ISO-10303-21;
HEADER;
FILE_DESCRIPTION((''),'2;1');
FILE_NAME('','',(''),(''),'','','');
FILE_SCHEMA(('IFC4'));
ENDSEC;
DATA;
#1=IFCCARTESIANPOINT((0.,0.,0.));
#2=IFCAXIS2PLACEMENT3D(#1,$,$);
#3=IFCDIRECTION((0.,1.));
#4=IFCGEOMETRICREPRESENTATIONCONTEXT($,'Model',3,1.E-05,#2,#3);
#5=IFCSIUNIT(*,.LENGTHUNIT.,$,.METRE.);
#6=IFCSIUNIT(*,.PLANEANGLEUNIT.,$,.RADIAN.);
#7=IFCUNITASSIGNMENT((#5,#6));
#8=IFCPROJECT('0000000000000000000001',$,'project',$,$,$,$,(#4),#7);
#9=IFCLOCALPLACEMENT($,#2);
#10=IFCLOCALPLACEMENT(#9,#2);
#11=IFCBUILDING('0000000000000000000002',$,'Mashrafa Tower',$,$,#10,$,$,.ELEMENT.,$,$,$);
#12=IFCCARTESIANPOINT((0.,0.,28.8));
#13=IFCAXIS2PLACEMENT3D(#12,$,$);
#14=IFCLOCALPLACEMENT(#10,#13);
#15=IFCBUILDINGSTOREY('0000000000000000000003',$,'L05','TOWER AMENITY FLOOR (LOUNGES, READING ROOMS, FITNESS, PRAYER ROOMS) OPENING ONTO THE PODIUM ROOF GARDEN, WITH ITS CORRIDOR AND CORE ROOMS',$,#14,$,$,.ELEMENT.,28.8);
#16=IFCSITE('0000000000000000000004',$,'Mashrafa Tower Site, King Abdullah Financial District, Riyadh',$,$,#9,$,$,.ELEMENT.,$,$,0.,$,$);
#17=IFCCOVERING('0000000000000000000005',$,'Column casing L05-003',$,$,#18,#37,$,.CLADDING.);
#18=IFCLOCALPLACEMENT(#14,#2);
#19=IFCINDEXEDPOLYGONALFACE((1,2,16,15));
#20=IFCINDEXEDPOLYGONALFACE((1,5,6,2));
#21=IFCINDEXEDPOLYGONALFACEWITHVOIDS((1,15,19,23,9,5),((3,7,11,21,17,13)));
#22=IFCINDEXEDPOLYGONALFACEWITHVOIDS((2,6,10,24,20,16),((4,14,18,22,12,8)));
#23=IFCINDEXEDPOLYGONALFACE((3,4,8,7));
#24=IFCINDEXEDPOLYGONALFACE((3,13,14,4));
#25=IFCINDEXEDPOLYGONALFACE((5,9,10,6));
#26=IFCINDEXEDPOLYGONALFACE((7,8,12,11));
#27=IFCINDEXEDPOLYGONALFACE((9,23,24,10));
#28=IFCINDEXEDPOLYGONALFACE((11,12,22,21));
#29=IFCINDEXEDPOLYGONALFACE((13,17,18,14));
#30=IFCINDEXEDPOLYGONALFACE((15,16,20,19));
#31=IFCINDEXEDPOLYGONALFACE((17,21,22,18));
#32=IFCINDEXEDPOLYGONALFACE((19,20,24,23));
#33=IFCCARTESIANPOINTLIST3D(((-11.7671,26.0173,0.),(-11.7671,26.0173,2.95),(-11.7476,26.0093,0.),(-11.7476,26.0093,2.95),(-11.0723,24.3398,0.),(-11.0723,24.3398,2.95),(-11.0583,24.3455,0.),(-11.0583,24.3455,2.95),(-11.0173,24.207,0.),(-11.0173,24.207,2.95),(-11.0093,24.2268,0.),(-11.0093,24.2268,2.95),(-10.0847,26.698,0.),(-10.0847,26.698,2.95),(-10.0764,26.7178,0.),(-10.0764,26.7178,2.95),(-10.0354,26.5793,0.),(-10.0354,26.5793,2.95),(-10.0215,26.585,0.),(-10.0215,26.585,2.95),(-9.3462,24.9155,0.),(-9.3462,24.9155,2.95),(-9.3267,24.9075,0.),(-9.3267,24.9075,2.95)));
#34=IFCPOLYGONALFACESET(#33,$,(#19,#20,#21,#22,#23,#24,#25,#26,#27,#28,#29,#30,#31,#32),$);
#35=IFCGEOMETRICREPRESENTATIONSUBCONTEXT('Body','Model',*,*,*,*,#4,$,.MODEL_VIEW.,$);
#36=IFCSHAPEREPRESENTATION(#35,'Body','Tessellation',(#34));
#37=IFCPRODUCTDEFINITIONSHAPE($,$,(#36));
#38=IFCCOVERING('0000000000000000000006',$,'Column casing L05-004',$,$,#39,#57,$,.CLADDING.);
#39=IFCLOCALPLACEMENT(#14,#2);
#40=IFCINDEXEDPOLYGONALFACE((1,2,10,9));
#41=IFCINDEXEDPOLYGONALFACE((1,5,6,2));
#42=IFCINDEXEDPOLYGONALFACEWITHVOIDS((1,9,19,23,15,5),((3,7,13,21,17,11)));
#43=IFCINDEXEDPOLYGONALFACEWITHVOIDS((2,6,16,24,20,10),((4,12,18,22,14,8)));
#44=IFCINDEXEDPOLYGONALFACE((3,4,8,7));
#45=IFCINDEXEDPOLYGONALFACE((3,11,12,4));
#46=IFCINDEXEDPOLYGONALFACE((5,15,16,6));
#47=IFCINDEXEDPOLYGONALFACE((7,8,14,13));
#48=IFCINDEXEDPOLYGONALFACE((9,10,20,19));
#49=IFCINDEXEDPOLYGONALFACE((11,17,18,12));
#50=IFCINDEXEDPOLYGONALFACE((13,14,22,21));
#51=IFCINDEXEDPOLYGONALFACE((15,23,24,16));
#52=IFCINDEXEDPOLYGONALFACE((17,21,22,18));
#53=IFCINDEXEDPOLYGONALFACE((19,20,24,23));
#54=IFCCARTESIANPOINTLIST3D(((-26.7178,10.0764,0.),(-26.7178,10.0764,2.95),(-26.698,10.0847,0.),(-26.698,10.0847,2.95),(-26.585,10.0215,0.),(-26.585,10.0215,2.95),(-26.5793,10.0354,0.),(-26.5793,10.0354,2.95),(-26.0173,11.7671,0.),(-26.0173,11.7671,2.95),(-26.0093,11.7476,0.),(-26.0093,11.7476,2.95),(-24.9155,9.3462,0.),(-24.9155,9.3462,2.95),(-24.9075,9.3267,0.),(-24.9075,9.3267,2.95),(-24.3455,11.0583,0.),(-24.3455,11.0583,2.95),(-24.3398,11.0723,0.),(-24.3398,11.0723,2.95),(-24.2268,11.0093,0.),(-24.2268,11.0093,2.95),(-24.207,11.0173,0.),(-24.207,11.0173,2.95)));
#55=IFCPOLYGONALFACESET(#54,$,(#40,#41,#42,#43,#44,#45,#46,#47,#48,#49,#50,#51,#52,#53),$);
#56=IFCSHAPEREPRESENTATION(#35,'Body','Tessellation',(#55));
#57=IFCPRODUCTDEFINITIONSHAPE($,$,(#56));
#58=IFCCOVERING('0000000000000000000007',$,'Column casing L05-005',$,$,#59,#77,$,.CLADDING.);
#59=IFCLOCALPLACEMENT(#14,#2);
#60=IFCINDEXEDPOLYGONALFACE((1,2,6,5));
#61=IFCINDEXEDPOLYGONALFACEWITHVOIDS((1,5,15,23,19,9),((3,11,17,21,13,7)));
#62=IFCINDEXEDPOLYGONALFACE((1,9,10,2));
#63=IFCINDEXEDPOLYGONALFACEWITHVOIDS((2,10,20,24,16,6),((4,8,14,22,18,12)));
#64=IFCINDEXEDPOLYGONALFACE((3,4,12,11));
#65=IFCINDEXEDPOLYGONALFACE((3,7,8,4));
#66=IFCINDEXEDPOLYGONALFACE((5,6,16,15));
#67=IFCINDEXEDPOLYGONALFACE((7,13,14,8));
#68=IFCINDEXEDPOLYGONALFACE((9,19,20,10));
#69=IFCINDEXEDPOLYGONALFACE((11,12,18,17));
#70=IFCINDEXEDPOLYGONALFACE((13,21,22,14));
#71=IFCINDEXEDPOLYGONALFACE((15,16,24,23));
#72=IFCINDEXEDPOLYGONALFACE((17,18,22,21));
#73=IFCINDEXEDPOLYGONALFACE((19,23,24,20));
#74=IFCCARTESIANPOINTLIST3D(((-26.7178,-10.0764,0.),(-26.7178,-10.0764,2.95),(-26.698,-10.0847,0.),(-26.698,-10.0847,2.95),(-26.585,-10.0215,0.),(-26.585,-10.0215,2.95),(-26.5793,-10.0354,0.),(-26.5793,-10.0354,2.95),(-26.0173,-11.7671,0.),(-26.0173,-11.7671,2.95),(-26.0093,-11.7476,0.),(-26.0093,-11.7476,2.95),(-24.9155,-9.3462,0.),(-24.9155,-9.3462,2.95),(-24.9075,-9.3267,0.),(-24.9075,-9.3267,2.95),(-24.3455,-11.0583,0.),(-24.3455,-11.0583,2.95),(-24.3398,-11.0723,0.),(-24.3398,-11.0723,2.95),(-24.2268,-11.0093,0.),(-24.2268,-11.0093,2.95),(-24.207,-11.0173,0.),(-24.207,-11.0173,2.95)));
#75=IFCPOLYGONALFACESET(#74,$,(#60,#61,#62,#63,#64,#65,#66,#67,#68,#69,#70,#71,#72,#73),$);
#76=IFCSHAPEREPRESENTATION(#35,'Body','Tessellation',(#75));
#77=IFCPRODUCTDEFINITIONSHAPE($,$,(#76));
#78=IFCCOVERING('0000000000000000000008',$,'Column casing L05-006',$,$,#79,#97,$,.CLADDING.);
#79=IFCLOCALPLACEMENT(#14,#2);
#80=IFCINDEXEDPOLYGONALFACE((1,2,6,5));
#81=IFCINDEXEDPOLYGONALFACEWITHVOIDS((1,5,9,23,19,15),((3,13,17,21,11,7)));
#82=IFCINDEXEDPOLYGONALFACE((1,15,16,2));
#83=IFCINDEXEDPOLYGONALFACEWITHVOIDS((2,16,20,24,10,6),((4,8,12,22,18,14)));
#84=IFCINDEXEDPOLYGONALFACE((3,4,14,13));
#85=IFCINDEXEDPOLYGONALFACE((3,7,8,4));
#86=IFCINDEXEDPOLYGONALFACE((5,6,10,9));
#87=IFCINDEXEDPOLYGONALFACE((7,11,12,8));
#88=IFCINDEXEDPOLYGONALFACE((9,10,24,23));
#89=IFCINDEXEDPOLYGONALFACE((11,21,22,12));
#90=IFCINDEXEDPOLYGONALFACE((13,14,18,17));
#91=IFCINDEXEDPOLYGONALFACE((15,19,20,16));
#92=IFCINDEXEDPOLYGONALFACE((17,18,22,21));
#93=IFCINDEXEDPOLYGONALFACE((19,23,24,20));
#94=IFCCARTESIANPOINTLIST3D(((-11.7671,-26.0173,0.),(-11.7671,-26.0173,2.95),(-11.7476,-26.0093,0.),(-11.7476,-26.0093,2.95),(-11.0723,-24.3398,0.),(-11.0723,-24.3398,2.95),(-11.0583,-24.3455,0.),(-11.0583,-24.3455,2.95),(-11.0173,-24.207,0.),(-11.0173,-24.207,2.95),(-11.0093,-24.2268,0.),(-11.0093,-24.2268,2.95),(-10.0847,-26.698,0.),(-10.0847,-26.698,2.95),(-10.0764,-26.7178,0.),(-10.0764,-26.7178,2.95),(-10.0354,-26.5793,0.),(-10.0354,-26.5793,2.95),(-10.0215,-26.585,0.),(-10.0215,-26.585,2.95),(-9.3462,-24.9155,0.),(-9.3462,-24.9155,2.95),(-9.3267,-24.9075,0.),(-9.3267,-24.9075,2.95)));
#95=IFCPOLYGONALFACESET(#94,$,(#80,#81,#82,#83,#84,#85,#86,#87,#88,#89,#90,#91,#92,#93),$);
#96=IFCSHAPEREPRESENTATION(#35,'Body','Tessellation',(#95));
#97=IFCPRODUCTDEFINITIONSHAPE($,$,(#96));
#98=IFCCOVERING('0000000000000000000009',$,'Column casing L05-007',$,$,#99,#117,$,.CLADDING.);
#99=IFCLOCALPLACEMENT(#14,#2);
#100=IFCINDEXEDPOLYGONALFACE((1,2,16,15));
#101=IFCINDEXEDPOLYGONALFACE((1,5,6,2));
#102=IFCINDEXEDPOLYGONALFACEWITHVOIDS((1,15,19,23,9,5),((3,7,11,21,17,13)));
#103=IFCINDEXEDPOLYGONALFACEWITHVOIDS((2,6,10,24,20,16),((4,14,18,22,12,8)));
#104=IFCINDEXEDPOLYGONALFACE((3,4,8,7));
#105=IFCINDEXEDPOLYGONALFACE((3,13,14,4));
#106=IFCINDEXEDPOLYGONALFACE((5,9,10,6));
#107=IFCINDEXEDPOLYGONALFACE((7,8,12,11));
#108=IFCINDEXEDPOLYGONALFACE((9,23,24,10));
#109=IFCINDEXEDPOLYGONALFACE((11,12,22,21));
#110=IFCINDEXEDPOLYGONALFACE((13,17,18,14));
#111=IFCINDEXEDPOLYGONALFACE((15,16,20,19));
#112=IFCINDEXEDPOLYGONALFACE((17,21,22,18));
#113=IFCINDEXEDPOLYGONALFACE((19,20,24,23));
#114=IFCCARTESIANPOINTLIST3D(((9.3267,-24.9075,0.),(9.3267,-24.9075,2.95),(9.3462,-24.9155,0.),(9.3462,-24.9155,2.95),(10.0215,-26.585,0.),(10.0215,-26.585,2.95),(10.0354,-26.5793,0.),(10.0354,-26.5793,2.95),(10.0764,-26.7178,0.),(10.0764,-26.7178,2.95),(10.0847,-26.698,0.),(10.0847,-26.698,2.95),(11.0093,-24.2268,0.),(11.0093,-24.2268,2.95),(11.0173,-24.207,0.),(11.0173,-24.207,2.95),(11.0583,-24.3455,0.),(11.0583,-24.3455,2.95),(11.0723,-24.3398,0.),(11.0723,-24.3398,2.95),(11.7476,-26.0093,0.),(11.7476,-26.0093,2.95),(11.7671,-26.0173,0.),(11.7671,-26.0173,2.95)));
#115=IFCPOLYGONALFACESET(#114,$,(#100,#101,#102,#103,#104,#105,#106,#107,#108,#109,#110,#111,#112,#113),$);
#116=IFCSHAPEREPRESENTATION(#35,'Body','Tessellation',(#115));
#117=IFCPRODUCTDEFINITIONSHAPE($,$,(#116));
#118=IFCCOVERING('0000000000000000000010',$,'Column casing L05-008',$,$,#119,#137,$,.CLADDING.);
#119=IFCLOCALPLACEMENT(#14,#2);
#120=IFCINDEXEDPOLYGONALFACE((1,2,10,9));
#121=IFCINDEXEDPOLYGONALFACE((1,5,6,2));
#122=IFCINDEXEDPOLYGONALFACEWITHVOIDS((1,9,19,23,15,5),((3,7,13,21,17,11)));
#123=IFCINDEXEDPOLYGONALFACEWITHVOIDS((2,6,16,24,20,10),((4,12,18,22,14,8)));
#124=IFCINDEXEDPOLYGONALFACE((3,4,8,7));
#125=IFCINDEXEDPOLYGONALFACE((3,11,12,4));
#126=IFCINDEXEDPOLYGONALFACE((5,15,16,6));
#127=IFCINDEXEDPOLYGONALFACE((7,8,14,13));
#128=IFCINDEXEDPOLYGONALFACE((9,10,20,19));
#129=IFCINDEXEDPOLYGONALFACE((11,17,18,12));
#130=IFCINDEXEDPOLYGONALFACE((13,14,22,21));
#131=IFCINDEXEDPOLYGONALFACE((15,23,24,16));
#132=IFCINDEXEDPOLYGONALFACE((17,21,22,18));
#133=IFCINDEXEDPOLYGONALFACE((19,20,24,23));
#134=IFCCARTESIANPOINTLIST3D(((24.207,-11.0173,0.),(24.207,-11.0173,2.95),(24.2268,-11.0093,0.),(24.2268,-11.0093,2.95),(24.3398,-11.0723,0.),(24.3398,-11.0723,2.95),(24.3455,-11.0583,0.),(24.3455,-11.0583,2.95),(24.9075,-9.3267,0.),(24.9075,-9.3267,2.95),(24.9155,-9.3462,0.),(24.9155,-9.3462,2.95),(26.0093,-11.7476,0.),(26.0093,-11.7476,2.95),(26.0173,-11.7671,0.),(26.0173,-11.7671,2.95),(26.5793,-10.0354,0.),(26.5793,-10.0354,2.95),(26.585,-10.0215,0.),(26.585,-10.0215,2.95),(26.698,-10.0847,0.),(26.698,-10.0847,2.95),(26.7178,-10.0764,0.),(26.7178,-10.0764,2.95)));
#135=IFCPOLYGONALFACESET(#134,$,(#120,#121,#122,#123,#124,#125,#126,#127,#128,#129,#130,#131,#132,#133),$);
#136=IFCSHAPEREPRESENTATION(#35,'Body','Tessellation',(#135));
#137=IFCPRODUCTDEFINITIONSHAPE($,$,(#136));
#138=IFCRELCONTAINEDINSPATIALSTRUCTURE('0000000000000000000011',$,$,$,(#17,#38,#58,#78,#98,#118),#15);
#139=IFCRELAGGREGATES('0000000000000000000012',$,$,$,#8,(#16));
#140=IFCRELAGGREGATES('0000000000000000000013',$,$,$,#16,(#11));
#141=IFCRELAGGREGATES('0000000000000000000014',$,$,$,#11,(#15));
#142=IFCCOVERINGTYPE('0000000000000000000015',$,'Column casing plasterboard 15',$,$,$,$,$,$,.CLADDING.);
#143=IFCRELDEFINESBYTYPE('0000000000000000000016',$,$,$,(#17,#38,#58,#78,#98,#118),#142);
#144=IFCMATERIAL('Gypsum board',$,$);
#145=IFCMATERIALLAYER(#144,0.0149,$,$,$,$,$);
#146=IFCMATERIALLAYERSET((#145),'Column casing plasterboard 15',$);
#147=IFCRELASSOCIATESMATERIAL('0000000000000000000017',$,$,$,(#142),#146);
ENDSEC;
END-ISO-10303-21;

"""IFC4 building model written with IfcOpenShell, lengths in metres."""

from ifc_helpers import new_model, si_unit, direction, frame, origin, place, context, subcontext, project, spatial, polyline, outline, extrude, material, layer, layer_set, type_object, element, save


model = new_model("IFC4")

# Units and contexts
model_context = context("Model", 3, precision=1e-05, world=origin(), true_north=direction((0.0, 1.0)))
body_context = subcontext(model_context, "Body", "Model", "MODEL_VIEW")
ifc_project = project(units=[si_unit("LENGTHUNIT", "METRE"), si_unit("PLANEANGLEUNIT", "RADIAN")], contexts=[model_context])

# Site, building, storey
site_placement = place(None, origin())
site = spatial("IfcSite", under=ifc_project, at=site_placement, Name="Mashrafa Tower Site, King Abdullah Financial District, Riyadh", CompositionType="ELEMENT", RefElevation=0.0)
building_placement = place(site_placement, origin())
building = spatial("IfcBuilding", under=site, at=building_placement, Name="Mashrafa Tower", CompositionType="ELEMENT")
storey_placement = place(building_placement, frame((0.0, 0.0, 28.8)))
storey = spatial("IfcBuildingStorey", under=building, at=storey_placement, Name="L05", Description="TOWER AMENITY FLOOR (LOUNGES, READING ROOMS, FITNESS, PRAYER ROOMS) OPENING ONTO THE PODIUM ROOF GARDEN, WITH ITS CORRIDOR AND CORE ROOMS", CompositionType="ELEMENT", Elevation=28.8)

# Coverings
ifc_material_1 = material(Name="Gypsum board")
ifc_layer_1 = layer(ifc_material_1, 0.0149)
ifc_layer_set_1 = layer_set([ifc_layer_1], Name="Column casing plasterboard 15")
covering_type = type_object("IfcCoveringType", Name="Column casing plasterboard 15", PredefinedType="CLADDING", material=ifc_layer_set_1)
covering_1_placement = place(storey_placement, origin())
element("IfcCovering", 1, at=covering_1_placement, inside=storey, type_object=covering_type, Name="Column casing L05-003", PredefinedType="CLADDING", context=body_context, shape_type="SweptSolid", body=[
    extrude(outline(polyline([(-11.0723, 24.3398), (-11.7671, 26.0173), (-10.0764, 26.7178), (-10.0215, 26.585), (-9.3267, 24.9075), (-11.0173, 24.207), (-11.0723, 24.3398)]), holes=[polyline([(-9.3462, 24.9155), (-10.0354, 26.5793), (-10.0847, 26.698), (-11.7476, 26.0093), (-11.0583, 24.3455), (-11.0093, 24.2268), (-9.3462, 24.9155)])]), origin(), (0.0, 0.0, 1.0), 2.95),
])
covering_2_placement = place(storey_placement, origin())
element("IfcCovering", 2, at=covering_2_placement, inside=storey, type_object=covering_type, Name="Column casing L05-004", PredefinedType="CLADDING", context=body_context, shape_type="SweptSolid", body=[
    extrude(outline(polyline([(-26.585, 10.0215), (-26.7178, 10.0764), (-26.0173, 11.7671), (-24.3398, 11.0723), (-24.207, 11.0173), (-24.9075, 9.3267), (-26.585, 10.0215)]), holes=[polyline([(-24.2268, 11.0093), (-24.3455, 11.0583), (-26.0093, 11.7476), (-26.698, 10.0847), (-26.5793, 10.0354), (-24.9155, 9.3462), (-24.2268, 11.0093)])]), origin(), (0.0, 0.0, 1.0), 2.95),
])
covering_3_placement = place(storey_placement, origin())
element("IfcCovering", 3, at=covering_3_placement, inside=storey, type_object=covering_type, Name="Column casing L05-005", PredefinedType="CLADDING", context=body_context, shape_type="SweptSolid", body=[
    extrude(outline(polyline([(-26.7178, -10.0764), (-26.585, -10.0215), (-24.9075, -9.3267), (-24.207, -11.0173), (-24.3398, -11.0723), (-26.0173, -11.7671), (-26.7178, -10.0764)]), holes=[polyline([(-24.3455, -11.0583), (-24.2268, -11.0093), (-24.9155, -9.3462), (-26.5793, -10.0354), (-26.698, -10.0847), (-26.0093, -11.7476), (-24.3455, -11.0583)])]), origin(), (0.0, 0.0, 1.0), 2.95),
])
covering_4_placement = place(storey_placement, origin())
element("IfcCovering", 4, at=covering_4_placement, inside=storey, type_object=covering_type, Name="Column casing L05-006", PredefinedType="CLADDING", context=body_context, shape_type="SweptSolid", body=[
    extrude(outline(polyline([(-11.7671, -26.0173), (-11.0723, -24.3398), (-11.0173, -24.207), (-9.3267, -24.9075), (-10.0215, -26.585), (-10.0764, -26.7178), (-11.7671, -26.0173)]), holes=[polyline([(-10.0354, -26.5793), (-9.3462, -24.9155), (-11.0093, -24.2268), (-11.0583, -24.3455), (-11.7476, -26.0093), (-10.0847, -26.698), (-10.0354, -26.5793)])]), origin(), (0.0, 0.0, 1.0), 2.95),
])
covering_5_placement = place(storey_placement, origin())
element("IfcCovering", 5, at=covering_5_placement, inside=storey, type_object=covering_type, Name="Column casing L05-007", PredefinedType="CLADDING", context=body_context, shape_type="SweptSolid", body=[
    extrude(outline(polyline([(10.0215, -26.585), (9.3267, -24.9075), (11.0173, -24.207), (11.0723, -24.3398), (11.7671, -26.0173), (10.0764, -26.7178), (10.0215, -26.585)]), holes=[polyline([(11.7476, -26.0093), (11.0583, -24.3455), (11.0093, -24.2268), (9.3462, -24.9155), (10.0354, -26.5793), (10.0847, -26.698), (11.7476, -26.0093)])]), origin(), (0.0, 0.0, 1.0), 2.95),
])
covering_6_placement = place(storey_placement, origin())
element("IfcCovering", 6, at=covering_6_placement, inside=storey, type_object=covering_type, Name="Column casing L05-008", PredefinedType="CLADDING", context=body_context, shape_type="SweptSolid", body=[
    extrude(outline(polyline([(24.3398, -11.0723), (24.207, -11.0173), (24.9075, -9.3267), (26.585, -10.0215), (26.7178, -10.0764), (26.0173, -11.7671), (24.3398, -11.0723)]), holes=[polyline([(26.698, -10.0847), (26.5793, -10.0354), (24.9155, -9.3462), (24.2268, -11.0093), (24.3455, -11.0583), (26.0093, -11.7476), (26.698, -10.0847)])]), origin(), (0.0, 0.0, 1.0), 2.95),
])

save(model, "model.ifc")
